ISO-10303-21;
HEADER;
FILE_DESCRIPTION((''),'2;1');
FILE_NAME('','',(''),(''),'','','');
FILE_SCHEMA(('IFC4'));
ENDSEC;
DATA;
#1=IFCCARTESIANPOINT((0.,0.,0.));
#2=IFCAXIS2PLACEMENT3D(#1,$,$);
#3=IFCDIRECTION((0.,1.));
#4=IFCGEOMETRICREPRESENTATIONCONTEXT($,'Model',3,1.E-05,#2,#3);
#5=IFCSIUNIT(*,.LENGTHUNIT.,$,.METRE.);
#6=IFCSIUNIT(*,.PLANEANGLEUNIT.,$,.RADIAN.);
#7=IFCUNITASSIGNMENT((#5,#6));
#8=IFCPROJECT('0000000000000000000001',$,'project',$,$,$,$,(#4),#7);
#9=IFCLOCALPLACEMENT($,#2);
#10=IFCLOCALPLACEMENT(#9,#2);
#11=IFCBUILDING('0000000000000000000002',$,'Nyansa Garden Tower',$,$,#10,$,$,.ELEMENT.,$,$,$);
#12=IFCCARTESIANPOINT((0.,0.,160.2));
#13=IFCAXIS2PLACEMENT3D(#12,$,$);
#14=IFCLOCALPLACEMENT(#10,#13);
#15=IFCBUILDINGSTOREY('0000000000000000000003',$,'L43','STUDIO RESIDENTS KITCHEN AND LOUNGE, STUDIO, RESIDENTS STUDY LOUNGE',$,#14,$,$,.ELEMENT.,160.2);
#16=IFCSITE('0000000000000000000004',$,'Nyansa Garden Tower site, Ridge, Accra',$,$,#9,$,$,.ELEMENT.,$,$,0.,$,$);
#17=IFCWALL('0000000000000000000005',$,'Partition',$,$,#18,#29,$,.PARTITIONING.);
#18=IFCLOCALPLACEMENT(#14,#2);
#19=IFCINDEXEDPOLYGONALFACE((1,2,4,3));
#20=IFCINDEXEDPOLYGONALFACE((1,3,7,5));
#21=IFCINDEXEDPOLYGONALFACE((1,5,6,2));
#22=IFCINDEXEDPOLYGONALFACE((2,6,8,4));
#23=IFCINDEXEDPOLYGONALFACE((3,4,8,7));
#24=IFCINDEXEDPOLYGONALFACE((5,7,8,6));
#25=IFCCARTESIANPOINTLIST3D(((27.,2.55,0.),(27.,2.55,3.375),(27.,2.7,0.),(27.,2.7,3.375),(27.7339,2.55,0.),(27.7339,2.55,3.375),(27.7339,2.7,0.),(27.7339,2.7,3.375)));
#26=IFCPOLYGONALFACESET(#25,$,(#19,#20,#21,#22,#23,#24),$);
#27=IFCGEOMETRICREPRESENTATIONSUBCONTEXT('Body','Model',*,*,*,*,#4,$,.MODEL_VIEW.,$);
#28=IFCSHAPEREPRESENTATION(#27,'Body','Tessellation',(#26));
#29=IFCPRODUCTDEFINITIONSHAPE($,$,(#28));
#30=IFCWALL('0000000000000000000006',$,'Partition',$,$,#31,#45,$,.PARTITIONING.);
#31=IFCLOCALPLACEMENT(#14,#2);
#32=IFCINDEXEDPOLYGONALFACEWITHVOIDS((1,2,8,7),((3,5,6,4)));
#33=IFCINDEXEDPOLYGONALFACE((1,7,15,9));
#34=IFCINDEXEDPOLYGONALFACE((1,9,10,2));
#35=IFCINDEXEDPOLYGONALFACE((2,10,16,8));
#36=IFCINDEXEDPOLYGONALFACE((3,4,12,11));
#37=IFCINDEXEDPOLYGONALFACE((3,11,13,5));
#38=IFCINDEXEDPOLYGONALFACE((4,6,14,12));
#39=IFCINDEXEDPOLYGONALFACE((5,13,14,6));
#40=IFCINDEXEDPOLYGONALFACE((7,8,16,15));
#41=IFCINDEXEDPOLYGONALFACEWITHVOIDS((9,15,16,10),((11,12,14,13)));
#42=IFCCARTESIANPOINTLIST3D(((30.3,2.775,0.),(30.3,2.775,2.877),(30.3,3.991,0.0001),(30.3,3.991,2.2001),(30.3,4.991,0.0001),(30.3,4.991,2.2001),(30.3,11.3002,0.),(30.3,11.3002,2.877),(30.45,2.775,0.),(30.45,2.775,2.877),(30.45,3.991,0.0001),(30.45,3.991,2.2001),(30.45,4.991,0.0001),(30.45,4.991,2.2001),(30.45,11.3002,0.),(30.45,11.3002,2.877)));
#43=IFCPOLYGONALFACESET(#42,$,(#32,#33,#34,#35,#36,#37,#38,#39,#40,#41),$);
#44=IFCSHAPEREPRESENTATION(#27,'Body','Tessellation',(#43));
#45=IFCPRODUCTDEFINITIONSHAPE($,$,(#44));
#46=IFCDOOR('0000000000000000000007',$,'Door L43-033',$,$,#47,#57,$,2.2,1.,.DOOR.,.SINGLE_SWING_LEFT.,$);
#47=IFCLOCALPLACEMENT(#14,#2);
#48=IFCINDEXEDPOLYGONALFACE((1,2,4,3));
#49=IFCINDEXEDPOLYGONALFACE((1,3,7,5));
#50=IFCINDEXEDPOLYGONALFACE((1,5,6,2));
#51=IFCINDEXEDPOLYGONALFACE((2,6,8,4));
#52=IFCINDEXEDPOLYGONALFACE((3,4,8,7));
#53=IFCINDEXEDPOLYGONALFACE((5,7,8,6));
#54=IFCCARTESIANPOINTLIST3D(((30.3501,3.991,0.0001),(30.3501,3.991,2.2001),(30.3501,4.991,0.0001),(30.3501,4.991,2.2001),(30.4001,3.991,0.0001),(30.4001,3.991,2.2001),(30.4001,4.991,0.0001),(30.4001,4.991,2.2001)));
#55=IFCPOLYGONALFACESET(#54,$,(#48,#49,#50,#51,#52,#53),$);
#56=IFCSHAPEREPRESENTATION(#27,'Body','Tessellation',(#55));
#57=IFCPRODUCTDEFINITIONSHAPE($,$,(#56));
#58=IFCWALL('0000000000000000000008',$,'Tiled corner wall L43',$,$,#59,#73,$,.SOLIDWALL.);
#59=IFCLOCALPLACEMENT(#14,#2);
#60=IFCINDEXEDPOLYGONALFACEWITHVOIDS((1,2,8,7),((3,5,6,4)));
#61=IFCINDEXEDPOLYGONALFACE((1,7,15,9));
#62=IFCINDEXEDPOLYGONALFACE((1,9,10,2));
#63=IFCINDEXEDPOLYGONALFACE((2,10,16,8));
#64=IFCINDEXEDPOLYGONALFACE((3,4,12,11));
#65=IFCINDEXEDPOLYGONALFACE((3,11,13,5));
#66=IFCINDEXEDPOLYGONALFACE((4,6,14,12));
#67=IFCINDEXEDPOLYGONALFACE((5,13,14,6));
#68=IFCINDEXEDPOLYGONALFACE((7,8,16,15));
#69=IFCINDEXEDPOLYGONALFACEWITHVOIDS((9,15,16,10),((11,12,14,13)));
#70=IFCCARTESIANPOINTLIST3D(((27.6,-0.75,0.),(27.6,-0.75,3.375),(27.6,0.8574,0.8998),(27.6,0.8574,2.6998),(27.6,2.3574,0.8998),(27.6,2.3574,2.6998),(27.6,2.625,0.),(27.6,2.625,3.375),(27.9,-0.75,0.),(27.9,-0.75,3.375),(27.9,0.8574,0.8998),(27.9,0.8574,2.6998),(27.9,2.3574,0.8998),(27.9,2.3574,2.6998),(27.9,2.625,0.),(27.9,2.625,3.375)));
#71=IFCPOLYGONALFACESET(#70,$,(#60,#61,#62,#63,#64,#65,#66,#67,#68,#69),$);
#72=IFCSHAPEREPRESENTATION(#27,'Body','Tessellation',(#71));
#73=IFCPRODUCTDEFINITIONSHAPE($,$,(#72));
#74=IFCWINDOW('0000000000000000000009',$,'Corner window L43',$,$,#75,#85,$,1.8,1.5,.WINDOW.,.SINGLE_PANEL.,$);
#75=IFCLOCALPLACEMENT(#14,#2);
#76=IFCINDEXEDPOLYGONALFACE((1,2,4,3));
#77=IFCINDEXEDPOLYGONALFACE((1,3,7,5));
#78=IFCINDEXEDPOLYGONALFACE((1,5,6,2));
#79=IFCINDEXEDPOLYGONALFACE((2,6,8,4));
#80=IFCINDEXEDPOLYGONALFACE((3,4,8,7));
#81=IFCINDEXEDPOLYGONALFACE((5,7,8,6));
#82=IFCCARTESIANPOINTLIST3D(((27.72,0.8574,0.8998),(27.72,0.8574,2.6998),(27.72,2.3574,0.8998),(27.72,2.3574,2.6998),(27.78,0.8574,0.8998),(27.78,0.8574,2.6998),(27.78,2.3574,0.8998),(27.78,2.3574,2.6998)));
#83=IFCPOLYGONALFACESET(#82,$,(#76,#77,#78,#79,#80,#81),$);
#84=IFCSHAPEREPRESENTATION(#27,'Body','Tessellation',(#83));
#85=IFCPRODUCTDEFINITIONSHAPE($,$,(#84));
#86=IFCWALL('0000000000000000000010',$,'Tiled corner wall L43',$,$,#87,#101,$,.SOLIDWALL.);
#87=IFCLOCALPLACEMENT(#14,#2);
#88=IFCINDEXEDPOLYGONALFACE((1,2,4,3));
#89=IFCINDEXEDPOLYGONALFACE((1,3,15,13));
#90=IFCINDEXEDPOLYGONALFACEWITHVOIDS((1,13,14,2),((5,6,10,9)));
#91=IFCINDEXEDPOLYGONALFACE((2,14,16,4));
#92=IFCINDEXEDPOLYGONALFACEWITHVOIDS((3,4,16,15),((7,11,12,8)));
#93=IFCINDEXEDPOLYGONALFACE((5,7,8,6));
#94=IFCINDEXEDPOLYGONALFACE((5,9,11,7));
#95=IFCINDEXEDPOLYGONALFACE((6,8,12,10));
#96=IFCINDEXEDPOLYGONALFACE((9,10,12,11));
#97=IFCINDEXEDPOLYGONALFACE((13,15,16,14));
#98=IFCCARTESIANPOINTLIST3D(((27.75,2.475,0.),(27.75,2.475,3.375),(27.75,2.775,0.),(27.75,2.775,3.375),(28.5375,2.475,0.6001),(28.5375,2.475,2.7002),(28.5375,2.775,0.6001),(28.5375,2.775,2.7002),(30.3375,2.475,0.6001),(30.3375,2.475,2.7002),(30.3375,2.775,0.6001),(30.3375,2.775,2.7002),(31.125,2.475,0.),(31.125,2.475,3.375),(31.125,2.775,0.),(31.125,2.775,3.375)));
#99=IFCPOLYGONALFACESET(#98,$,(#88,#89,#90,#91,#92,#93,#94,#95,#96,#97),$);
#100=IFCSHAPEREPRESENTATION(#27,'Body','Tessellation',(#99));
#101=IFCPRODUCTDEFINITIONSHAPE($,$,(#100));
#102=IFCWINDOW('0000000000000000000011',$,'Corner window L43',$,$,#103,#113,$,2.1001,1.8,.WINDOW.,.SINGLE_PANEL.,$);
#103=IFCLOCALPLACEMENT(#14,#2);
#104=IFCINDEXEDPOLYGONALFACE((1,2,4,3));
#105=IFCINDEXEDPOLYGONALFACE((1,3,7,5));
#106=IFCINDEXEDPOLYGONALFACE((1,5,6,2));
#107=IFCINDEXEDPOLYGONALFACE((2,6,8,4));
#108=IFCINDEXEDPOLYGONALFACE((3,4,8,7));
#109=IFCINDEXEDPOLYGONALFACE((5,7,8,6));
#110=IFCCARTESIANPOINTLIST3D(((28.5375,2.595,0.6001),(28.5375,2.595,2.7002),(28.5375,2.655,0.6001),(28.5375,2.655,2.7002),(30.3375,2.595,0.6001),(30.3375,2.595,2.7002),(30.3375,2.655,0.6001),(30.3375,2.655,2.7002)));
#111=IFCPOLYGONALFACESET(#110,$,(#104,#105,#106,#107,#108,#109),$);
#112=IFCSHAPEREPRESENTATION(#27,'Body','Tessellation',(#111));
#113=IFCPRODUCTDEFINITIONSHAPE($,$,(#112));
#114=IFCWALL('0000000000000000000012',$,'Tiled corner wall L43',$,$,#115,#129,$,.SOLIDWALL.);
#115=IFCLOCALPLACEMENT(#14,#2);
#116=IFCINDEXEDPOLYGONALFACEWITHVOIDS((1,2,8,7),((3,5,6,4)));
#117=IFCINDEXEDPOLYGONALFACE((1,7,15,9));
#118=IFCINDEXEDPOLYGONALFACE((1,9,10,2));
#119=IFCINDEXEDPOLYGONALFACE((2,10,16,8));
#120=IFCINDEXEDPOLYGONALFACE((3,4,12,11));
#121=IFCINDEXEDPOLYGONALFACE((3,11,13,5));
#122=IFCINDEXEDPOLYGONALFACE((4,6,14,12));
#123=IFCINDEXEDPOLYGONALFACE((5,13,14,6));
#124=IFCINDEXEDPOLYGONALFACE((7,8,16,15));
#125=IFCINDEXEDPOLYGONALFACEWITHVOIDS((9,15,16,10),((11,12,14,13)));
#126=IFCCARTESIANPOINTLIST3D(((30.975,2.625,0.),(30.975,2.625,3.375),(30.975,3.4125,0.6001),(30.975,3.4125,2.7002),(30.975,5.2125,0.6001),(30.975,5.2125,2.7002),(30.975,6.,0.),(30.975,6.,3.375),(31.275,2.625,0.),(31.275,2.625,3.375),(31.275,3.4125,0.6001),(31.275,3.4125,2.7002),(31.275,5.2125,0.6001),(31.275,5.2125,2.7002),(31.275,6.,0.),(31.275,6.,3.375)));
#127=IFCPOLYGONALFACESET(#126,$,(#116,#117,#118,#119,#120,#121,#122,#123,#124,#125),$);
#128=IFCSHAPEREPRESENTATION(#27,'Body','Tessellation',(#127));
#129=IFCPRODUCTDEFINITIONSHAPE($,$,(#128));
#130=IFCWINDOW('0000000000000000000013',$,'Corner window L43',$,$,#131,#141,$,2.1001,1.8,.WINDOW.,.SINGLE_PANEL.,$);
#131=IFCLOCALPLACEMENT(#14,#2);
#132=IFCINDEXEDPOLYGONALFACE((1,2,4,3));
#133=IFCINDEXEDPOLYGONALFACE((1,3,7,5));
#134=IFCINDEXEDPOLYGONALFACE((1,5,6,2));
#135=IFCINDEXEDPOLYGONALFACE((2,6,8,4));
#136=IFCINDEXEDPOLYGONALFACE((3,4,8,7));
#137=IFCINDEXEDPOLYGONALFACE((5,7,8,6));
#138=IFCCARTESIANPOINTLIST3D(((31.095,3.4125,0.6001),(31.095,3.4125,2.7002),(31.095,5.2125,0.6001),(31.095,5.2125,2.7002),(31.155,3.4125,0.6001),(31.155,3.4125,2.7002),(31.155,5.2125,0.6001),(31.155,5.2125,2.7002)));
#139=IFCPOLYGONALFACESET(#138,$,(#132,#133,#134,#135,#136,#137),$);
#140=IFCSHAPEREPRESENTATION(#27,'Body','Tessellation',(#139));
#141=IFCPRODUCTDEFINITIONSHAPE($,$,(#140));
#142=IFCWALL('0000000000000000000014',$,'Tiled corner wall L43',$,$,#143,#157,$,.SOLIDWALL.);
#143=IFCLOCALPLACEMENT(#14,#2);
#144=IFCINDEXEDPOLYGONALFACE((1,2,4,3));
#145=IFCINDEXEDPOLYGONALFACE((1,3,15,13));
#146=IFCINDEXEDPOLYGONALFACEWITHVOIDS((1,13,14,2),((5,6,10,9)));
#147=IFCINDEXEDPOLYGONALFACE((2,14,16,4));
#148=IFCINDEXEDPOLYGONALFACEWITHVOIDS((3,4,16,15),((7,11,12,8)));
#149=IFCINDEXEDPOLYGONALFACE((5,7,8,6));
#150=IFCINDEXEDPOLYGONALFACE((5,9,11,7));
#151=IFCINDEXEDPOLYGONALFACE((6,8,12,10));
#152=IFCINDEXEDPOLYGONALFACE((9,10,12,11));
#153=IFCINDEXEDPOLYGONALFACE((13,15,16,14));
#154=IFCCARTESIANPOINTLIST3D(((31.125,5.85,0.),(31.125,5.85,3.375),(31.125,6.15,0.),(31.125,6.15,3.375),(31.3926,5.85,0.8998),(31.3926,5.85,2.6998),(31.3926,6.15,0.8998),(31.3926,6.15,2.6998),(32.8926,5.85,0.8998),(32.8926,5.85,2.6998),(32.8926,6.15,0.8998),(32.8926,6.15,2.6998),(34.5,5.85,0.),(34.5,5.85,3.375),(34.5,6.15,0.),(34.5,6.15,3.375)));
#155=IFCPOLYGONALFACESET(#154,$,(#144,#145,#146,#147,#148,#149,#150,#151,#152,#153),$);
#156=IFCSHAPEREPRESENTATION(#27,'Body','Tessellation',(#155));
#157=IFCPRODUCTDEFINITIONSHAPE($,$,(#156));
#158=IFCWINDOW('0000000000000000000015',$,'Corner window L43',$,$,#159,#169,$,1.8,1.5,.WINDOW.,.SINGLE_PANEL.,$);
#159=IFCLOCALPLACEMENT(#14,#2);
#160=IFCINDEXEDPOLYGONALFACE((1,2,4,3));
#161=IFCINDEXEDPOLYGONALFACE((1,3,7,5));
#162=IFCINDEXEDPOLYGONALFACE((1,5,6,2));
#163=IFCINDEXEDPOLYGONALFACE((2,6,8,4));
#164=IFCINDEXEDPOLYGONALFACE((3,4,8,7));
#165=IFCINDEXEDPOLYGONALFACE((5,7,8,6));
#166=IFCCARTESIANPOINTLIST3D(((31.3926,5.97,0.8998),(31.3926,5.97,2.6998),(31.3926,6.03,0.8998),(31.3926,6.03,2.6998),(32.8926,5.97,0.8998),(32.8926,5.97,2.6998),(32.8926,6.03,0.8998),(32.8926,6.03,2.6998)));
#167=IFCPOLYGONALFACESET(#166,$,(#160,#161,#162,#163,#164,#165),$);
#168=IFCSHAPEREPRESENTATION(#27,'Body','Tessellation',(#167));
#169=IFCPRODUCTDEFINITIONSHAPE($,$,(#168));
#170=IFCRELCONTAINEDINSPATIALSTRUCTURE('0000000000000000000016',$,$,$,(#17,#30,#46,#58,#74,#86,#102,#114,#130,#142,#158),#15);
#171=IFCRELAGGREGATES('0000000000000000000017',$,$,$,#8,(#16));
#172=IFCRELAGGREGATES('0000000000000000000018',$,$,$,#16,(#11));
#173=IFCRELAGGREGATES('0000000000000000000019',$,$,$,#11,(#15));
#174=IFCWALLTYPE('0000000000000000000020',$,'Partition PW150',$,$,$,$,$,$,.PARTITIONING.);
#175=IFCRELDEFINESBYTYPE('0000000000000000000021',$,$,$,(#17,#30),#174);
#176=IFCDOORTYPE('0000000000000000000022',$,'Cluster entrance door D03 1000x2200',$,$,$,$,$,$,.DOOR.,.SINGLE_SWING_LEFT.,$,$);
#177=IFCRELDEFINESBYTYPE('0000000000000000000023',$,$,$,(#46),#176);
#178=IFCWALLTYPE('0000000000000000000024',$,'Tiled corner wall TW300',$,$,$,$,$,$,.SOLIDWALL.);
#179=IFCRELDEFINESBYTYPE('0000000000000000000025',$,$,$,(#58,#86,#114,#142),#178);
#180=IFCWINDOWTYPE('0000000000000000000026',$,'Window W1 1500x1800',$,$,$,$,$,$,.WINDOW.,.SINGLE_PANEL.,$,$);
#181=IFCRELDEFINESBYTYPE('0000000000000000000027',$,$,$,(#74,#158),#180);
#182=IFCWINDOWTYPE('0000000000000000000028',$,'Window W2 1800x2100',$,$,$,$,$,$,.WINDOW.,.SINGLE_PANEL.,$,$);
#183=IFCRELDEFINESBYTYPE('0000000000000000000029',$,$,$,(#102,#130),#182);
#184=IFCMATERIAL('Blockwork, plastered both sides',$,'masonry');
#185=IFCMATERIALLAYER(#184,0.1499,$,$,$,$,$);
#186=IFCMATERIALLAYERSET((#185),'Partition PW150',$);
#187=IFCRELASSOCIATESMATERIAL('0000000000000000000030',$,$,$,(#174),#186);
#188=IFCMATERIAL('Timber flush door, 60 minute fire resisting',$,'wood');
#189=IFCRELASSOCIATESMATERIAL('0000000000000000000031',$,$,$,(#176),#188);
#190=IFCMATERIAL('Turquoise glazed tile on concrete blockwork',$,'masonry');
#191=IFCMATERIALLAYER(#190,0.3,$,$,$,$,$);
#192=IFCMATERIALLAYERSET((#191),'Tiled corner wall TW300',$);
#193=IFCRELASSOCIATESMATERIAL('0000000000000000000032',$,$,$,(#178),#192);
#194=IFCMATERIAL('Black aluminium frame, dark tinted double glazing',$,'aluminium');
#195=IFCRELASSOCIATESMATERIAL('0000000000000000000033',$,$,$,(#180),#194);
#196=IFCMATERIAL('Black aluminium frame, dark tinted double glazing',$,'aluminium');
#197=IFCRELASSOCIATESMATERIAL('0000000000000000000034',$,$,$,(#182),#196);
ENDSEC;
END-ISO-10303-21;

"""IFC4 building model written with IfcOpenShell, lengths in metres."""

from ifc_helpers import new_model, si_unit, direction, frame, frame_2d, origin, place, context, subcontext, project, spatial, rectangle, extrude, material, layer, layer_set, type_object, element, fill, save


model = new_model("IFC4")

# Units and contexts
model_context = context("Model", 3, precision=1e-05, world=origin(), true_north=direction((0.0, 1.0)))
body_context = subcontext(model_context, "Body", "Model", "MODEL_VIEW")
ifc_project = project(units=[si_unit("LENGTHUNIT", "METRE"), si_unit("PLANEANGLEUNIT", "RADIAN")], contexts=[model_context])

# Site, building, storey
site_placement = place(None, origin())
site = spatial("IfcSite", under=ifc_project, at=site_placement, Name="Nyansa Garden Tower site, Ridge, Accra", CompositionType="ELEMENT", RefElevation=0.0)
building_placement = place(site_placement, origin())
building = spatial("IfcBuilding", under=site, at=building_placement, Name="Nyansa Garden Tower", CompositionType="ELEMENT")
storey_placement = place(building_placement, frame((0.0, 0.0, 160.2)))
storey = spatial("IfcBuildingStorey", under=building, at=storey_placement, Name="L43", Description="STUDIO RESIDENTS KITCHEN AND LOUNGE, STUDIO, RESIDENTS STUDY LOUNGE", CompositionType="ELEMENT", Elevation=160.2)

# Wall
ifc_material_1 = material(Name="Blockwork, plastered both sides", Category="masonry")
ifc_layer_1 = layer(ifc_material_1, 0.1499)
ifc_layer_set_1 = layer_set([ifc_layer_1], Name="Partition PW150")
wall_type_1 = type_object("IfcWallType", Name="Partition PW150", PredefinedType="PARTITIONING", material=ifc_layer_set_1)
wall_1_placement = place(storey_placement, frame((27.0, 2.625, 0.0), z_axis=(0.0, 0.0, 1.0), x_axis=(1.0, 0.0, 0.0)))
element("IfcWall", 1, at=wall_1_placement, inside=storey, type_object=wall_type_1, Name="Partition", PredefinedType="PARTITIONING", context=body_context, shape_type="SweptSolid", body=[
    extrude(rectangle(XDim=0.7339, YDim=0.1499, at=frame_2d((0.3669, 0.0))), origin(), (0.0, 0.0, 1.0), 3.375),
])

# Wall, opening, door
wall_2_placement = place(storey_placement, frame((30.375, 2.7749, 0.0), z_axis=(0.0, 0.0, 1.0), x_axis=(0.0, 1.0, 0.0)))
wall_2 = element("IfcWall", 2, at=wall_2_placement, inside=storey, type_object=wall_type_1, Name="Partition", PredefinedType="PARTITIONING", context=body_context, shape_type="SweptSolid", body=[
    extrude(rectangle(XDim=8.5251, YDim=0.1499, at=frame_2d((4.2627, 0.0))), origin(), (0.0, 0.0, 1.0), 2.877),
])
opening_1_placement = place(wall_2_placement, frame((1.2161, 0.0, 0.0)))
opening_1 = element("IfcOpeningElement", 3, at=opening_1_placement, cuts=wall_2, PredefinedType="OPENING", context=body_context, shape_type="SweptSolid", body=[
    extrude(rectangle(XDim=1.0, YDim=2.2, at=frame_2d((0.5, 1.1001))), frame((0.0, 0.085, 0.0), z_axis=(0.0, -1.0, 0.0), x_axis=(1.0, 0.0, 0.0)), (0.0, 0.0, 1.0), 0.1699),
])
ifc_material_2 = material(Name="Timber flush door, 60 minute fire resisting", Category="wood")
door_type = type_object("IfcDoorType", Name="Cluster entrance door D03 1000x2200", OperationType="SINGLE_SWING_LEFT", PredefinedType="DOOR", material=ifc_material_2)
door_placement = place(opening_1_placement, origin())
door = element("IfcDoor", 4, at=door_placement, inside=storey, type_object=door_type, Name="Door L43-033", OperationType="SINGLE_SWING_LEFT", OverallHeight=2.2, OverallWidth=1.0, PredefinedType="DOOR", context=body_context, shape_type="SweptSolid", body=[
    extrude(rectangle(XDim=1.0, YDim=2.2, at=frame_2d((0.5, 1.1001))), frame((0.0, 0.0249, 0.0), z_axis=(0.0, -1.0, 0.0), x_axis=(1.0, 0.0, 0.0)), (0.0, 0.0, 1.0), 0.05),
])
fill(opening_1, door)

# Walls, openings, windows
ifc_material_3 = material(Name="Turquoise glazed tile on concrete blockwork", Category="masonry")
ifc_layer_2 = layer(ifc_material_3, 0.3)
ifc_layer_set_2 = layer_set([ifc_layer_2], Name="Tiled corner wall TW300")
wall_type_2 = type_object("IfcWallType", Name="Tiled corner wall TW300", PredefinedType="SOLIDWALL", material=ifc_layer_set_2)
wall_3_placement = place(storey_placement, frame((27.75, -0.75, 0.0), z_axis=(0.0, 0.0, 1.0), x_axis=(0.0, 1.0, 0.0)))
wall_3 = element("IfcWall", 5, at=wall_3_placement, inside=storey, type_object=wall_type_2, Name="Tiled corner wall L43", PredefinedType="SOLIDWALL", context=body_context, shape_type="SweptSolid", body=[
    extrude(rectangle(XDim=3.375, YDim=0.3, at=frame_2d((1.6875, 0.0))), origin(), (0.0, 0.0, 1.0), 3.375),
])
opening_2_placement = place(wall_3_placement, frame((1.6074, 0.0, 0.8999)))
opening_2 = element("IfcOpeningElement", 6, at=opening_2_placement, cuts=wall_3, PredefinedType="OPENING", context=body_context, shape_type="SweptSolid", body=[
    extrude(rectangle(XDim=1.5, YDim=1.8, at=frame_2d((0.75, 0.8999))), frame((0.0, 0.1599, 0.0), z_axis=(0.0, -1.0, 0.0), x_axis=(1.0, 0.0, 0.0)), (0.0, 0.0, 1.0), 0.3201),
])
ifc_material_4 = material(Name="Black aluminium frame, dark tinted double glazing", Category="aluminium")
window_type_1 = type_object("IfcWindowType", Name="Window W1 1500x1800", PartitioningType="SINGLE_PANEL", PredefinedType="WINDOW", material=ifc_material_4)
window_1_placement = place(opening_2_placement, origin())
window_1 = element("IfcWindow", 7, at=window_1_placement, inside=storey, type_object=window_type_1, Name="Corner window L43", OverallHeight=1.8, OverallWidth=1.5, PartitioningType="SINGLE_PANEL", PredefinedType="WINDOW", context=body_context, shape_type="SweptSolid", body=[
    extrude(rectangle(XDim=1.5, YDim=1.8, at=frame_2d((0.75, 0.8999))), frame((0.0, 0.03, 0.0), z_axis=(0.0, -1.0, 0.0), x_axis=(1.0, 0.0, 0.0)), (0.0, 0.0, 1.0), 0.0601),
])
fill(opening_2, window_1)
wall_4_placement = place(storey_placement, frame((27.75, 2.625, 0.0), z_axis=(0.0, 0.0, 1.0), x_axis=(1.0, 0.0, 0.0)))
wall_4 = element("IfcWall", 8, at=wall_4_placement, inside=storey, type_object=wall_type_2, Name="Tiled corner wall L43", PredefinedType="SOLIDWALL", context=body_context, shape_type="SweptSolid", body=[
    extrude(rectangle(XDim=3.375, YDim=0.3, at=frame_2d((1.6875, 0.0))), origin(), (0.0, 0.0, 1.0), 3.375),
])
opening_3_placement = place(wall_4_placement, frame((0.7876, 0.0, 0.6001)))
opening_3 = element("IfcOpeningElement", 9, at=opening_3_placement, cuts=wall_4, PredefinedType="OPENING", context=body_context, shape_type="SweptSolid", body=[
    extrude(rectangle(XDim=1.8, YDim=2.1001, at=frame_2d((0.8999, 1.05))), frame((0.0, 0.1599, 0.0), z_axis=(0.0, -1.0, 0.0), x_axis=(1.0, 0.0, 0.0)), (0.0, 0.0, 1.0), 0.3201),
])
ifc_material_5 = material(Name="Black aluminium frame, dark tinted double glazing", Category="aluminium")
window_type_2 = type_object("IfcWindowType", Name="Window W2 1800x2100", PartitioningType="SINGLE_PANEL", PredefinedType="WINDOW", material=ifc_material_5)
window_2_placement = place(opening_3_placement, origin())
window_2 = element("IfcWindow", 10, at=window_2_placement, inside=storey, type_object=window_type_2, Name="Corner window L43", OverallHeight=2.1001, OverallWidth=1.8, PartitioningType="SINGLE_PANEL", PredefinedType="WINDOW", context=body_context, shape_type="SweptSolid", body=[
    extrude(rectangle(XDim=1.8, YDim=2.1001, at=frame_2d((0.8999, 1.05))), frame((0.0, 0.03, 0.0), z_axis=(0.0, -1.0, 0.0), x_axis=(1.0, 0.0, 0.0)), (0.0, 0.0, 1.0), 0.0601),
])
fill(opening_3, window_2)
wall_5_placement = place(storey_placement, frame((31.125, 2.625, 0.0), z_axis=(0.0, 0.0, 1.0), x_axis=(0.0, 1.0, 0.0)))
wall_5 = element("IfcWall", 11, at=wall_5_placement, inside=storey, type_object=wall_type_2, Name="Tiled corner wall L43", PredefinedType="SOLIDWALL", context=body_context, shape_type="SweptSolid", body=[
    extrude(rectangle(XDim=3.375, YDim=0.3, at=frame_2d((1.6875, 0.0))), origin(), (0.0, 0.0, 1.0), 3.375),
])
opening_4_placement = place(wall_5_placement, frame((0.7876, 0.0, 0.6001)))
opening_4 = element("IfcOpeningElement", 12, at=opening_4_placement, cuts=wall_5, PredefinedType="OPENING", context=body_context, shape_type="SweptSolid", body=[
    extrude(rectangle(XDim=1.8, YDim=2.1001, at=frame_2d((0.8999, 1.05))), frame((0.0, 0.1599, 0.0), z_axis=(0.0, -1.0, 0.0), x_axis=(1.0, 0.0, 0.0)), (0.0, 0.0, 1.0), 0.3201),
])
window_3_placement = place(opening_4_placement, origin())
window_3 = element("IfcWindow", 13, at=window_3_placement, inside=storey, type_object=window_type_2, Name="Corner window L43", OverallHeight=2.1001, OverallWidth=1.8, PartitioningType="SINGLE_PANEL", PredefinedType="WINDOW", context=body_context, shape_type="SweptSolid", body=[
    extrude(rectangle(XDim=1.8, YDim=2.1001, at=frame_2d((0.8999, 1.05))), frame((0.0, 0.03, 0.0), z_axis=(0.0, -1.0, 0.0), x_axis=(1.0, 0.0, 0.0)), (0.0, 0.0, 1.0), 0.0601),
])
fill(opening_4, window_3)
wall_6_placement = place(storey_placement, frame((31.125, 6.0, 0.0), z_axis=(0.0, 0.0, 1.0), x_axis=(1.0, 0.0, 0.0)))
wall_6 = element("IfcWall", 14, at=wall_6_placement, inside=storey, type_object=wall_type_2, Name="Tiled corner wall L43", PredefinedType="SOLIDWALL", context=body_context, shape_type="SweptSolid", body=[
    extrude(rectangle(XDim=3.375, YDim=0.3, at=frame_2d((1.6875, 0.0))), origin(), (0.0, 0.0, 1.0), 3.375),
])
opening_5_placement = place(wall_6_placement, frame((0.2676, 0.0, 0.8999)))
opening_5 = element("IfcOpeningElement", 15, at=opening_5_placement, cuts=wall_6, PredefinedType="OPENING", context=body_context, shape_type="SweptSolid", body=[
    extrude(rectangle(XDim=1.5, YDim=1.8, at=frame_2d((0.75, 0.8999))), frame((0.0, 0.1599, 0.0), z_axis=(0.0, -1.0, 0.0), x_axis=(1.0, 0.0, 0.0)), (0.0, 0.0, 1.0), 0.3201),
])
window_4_placement = place(opening_5_placement, origin())
window_4 = element("IfcWindow", 16, at=window_4_placement, inside=storey, type_object=window_type_1, Name="Corner window L43", OverallHeight=1.8, OverallWidth=1.5, PartitioningType="SINGLE_PANEL", PredefinedType="WINDOW", context=body_context, shape_type="SweptSolid", body=[
    extrude(rectangle(XDim=1.5, YDim=1.8, at=frame_2d((0.75, 0.8999))), frame((0.0, 0.03, 0.0), z_axis=(0.0, -1.0, 0.0), x_axis=(1.0, 0.0, 0.0)), (0.0, 0.0, 1.0), 0.0601),
])
fill(opening_5, window_4)

save(model, "model.ifc")
